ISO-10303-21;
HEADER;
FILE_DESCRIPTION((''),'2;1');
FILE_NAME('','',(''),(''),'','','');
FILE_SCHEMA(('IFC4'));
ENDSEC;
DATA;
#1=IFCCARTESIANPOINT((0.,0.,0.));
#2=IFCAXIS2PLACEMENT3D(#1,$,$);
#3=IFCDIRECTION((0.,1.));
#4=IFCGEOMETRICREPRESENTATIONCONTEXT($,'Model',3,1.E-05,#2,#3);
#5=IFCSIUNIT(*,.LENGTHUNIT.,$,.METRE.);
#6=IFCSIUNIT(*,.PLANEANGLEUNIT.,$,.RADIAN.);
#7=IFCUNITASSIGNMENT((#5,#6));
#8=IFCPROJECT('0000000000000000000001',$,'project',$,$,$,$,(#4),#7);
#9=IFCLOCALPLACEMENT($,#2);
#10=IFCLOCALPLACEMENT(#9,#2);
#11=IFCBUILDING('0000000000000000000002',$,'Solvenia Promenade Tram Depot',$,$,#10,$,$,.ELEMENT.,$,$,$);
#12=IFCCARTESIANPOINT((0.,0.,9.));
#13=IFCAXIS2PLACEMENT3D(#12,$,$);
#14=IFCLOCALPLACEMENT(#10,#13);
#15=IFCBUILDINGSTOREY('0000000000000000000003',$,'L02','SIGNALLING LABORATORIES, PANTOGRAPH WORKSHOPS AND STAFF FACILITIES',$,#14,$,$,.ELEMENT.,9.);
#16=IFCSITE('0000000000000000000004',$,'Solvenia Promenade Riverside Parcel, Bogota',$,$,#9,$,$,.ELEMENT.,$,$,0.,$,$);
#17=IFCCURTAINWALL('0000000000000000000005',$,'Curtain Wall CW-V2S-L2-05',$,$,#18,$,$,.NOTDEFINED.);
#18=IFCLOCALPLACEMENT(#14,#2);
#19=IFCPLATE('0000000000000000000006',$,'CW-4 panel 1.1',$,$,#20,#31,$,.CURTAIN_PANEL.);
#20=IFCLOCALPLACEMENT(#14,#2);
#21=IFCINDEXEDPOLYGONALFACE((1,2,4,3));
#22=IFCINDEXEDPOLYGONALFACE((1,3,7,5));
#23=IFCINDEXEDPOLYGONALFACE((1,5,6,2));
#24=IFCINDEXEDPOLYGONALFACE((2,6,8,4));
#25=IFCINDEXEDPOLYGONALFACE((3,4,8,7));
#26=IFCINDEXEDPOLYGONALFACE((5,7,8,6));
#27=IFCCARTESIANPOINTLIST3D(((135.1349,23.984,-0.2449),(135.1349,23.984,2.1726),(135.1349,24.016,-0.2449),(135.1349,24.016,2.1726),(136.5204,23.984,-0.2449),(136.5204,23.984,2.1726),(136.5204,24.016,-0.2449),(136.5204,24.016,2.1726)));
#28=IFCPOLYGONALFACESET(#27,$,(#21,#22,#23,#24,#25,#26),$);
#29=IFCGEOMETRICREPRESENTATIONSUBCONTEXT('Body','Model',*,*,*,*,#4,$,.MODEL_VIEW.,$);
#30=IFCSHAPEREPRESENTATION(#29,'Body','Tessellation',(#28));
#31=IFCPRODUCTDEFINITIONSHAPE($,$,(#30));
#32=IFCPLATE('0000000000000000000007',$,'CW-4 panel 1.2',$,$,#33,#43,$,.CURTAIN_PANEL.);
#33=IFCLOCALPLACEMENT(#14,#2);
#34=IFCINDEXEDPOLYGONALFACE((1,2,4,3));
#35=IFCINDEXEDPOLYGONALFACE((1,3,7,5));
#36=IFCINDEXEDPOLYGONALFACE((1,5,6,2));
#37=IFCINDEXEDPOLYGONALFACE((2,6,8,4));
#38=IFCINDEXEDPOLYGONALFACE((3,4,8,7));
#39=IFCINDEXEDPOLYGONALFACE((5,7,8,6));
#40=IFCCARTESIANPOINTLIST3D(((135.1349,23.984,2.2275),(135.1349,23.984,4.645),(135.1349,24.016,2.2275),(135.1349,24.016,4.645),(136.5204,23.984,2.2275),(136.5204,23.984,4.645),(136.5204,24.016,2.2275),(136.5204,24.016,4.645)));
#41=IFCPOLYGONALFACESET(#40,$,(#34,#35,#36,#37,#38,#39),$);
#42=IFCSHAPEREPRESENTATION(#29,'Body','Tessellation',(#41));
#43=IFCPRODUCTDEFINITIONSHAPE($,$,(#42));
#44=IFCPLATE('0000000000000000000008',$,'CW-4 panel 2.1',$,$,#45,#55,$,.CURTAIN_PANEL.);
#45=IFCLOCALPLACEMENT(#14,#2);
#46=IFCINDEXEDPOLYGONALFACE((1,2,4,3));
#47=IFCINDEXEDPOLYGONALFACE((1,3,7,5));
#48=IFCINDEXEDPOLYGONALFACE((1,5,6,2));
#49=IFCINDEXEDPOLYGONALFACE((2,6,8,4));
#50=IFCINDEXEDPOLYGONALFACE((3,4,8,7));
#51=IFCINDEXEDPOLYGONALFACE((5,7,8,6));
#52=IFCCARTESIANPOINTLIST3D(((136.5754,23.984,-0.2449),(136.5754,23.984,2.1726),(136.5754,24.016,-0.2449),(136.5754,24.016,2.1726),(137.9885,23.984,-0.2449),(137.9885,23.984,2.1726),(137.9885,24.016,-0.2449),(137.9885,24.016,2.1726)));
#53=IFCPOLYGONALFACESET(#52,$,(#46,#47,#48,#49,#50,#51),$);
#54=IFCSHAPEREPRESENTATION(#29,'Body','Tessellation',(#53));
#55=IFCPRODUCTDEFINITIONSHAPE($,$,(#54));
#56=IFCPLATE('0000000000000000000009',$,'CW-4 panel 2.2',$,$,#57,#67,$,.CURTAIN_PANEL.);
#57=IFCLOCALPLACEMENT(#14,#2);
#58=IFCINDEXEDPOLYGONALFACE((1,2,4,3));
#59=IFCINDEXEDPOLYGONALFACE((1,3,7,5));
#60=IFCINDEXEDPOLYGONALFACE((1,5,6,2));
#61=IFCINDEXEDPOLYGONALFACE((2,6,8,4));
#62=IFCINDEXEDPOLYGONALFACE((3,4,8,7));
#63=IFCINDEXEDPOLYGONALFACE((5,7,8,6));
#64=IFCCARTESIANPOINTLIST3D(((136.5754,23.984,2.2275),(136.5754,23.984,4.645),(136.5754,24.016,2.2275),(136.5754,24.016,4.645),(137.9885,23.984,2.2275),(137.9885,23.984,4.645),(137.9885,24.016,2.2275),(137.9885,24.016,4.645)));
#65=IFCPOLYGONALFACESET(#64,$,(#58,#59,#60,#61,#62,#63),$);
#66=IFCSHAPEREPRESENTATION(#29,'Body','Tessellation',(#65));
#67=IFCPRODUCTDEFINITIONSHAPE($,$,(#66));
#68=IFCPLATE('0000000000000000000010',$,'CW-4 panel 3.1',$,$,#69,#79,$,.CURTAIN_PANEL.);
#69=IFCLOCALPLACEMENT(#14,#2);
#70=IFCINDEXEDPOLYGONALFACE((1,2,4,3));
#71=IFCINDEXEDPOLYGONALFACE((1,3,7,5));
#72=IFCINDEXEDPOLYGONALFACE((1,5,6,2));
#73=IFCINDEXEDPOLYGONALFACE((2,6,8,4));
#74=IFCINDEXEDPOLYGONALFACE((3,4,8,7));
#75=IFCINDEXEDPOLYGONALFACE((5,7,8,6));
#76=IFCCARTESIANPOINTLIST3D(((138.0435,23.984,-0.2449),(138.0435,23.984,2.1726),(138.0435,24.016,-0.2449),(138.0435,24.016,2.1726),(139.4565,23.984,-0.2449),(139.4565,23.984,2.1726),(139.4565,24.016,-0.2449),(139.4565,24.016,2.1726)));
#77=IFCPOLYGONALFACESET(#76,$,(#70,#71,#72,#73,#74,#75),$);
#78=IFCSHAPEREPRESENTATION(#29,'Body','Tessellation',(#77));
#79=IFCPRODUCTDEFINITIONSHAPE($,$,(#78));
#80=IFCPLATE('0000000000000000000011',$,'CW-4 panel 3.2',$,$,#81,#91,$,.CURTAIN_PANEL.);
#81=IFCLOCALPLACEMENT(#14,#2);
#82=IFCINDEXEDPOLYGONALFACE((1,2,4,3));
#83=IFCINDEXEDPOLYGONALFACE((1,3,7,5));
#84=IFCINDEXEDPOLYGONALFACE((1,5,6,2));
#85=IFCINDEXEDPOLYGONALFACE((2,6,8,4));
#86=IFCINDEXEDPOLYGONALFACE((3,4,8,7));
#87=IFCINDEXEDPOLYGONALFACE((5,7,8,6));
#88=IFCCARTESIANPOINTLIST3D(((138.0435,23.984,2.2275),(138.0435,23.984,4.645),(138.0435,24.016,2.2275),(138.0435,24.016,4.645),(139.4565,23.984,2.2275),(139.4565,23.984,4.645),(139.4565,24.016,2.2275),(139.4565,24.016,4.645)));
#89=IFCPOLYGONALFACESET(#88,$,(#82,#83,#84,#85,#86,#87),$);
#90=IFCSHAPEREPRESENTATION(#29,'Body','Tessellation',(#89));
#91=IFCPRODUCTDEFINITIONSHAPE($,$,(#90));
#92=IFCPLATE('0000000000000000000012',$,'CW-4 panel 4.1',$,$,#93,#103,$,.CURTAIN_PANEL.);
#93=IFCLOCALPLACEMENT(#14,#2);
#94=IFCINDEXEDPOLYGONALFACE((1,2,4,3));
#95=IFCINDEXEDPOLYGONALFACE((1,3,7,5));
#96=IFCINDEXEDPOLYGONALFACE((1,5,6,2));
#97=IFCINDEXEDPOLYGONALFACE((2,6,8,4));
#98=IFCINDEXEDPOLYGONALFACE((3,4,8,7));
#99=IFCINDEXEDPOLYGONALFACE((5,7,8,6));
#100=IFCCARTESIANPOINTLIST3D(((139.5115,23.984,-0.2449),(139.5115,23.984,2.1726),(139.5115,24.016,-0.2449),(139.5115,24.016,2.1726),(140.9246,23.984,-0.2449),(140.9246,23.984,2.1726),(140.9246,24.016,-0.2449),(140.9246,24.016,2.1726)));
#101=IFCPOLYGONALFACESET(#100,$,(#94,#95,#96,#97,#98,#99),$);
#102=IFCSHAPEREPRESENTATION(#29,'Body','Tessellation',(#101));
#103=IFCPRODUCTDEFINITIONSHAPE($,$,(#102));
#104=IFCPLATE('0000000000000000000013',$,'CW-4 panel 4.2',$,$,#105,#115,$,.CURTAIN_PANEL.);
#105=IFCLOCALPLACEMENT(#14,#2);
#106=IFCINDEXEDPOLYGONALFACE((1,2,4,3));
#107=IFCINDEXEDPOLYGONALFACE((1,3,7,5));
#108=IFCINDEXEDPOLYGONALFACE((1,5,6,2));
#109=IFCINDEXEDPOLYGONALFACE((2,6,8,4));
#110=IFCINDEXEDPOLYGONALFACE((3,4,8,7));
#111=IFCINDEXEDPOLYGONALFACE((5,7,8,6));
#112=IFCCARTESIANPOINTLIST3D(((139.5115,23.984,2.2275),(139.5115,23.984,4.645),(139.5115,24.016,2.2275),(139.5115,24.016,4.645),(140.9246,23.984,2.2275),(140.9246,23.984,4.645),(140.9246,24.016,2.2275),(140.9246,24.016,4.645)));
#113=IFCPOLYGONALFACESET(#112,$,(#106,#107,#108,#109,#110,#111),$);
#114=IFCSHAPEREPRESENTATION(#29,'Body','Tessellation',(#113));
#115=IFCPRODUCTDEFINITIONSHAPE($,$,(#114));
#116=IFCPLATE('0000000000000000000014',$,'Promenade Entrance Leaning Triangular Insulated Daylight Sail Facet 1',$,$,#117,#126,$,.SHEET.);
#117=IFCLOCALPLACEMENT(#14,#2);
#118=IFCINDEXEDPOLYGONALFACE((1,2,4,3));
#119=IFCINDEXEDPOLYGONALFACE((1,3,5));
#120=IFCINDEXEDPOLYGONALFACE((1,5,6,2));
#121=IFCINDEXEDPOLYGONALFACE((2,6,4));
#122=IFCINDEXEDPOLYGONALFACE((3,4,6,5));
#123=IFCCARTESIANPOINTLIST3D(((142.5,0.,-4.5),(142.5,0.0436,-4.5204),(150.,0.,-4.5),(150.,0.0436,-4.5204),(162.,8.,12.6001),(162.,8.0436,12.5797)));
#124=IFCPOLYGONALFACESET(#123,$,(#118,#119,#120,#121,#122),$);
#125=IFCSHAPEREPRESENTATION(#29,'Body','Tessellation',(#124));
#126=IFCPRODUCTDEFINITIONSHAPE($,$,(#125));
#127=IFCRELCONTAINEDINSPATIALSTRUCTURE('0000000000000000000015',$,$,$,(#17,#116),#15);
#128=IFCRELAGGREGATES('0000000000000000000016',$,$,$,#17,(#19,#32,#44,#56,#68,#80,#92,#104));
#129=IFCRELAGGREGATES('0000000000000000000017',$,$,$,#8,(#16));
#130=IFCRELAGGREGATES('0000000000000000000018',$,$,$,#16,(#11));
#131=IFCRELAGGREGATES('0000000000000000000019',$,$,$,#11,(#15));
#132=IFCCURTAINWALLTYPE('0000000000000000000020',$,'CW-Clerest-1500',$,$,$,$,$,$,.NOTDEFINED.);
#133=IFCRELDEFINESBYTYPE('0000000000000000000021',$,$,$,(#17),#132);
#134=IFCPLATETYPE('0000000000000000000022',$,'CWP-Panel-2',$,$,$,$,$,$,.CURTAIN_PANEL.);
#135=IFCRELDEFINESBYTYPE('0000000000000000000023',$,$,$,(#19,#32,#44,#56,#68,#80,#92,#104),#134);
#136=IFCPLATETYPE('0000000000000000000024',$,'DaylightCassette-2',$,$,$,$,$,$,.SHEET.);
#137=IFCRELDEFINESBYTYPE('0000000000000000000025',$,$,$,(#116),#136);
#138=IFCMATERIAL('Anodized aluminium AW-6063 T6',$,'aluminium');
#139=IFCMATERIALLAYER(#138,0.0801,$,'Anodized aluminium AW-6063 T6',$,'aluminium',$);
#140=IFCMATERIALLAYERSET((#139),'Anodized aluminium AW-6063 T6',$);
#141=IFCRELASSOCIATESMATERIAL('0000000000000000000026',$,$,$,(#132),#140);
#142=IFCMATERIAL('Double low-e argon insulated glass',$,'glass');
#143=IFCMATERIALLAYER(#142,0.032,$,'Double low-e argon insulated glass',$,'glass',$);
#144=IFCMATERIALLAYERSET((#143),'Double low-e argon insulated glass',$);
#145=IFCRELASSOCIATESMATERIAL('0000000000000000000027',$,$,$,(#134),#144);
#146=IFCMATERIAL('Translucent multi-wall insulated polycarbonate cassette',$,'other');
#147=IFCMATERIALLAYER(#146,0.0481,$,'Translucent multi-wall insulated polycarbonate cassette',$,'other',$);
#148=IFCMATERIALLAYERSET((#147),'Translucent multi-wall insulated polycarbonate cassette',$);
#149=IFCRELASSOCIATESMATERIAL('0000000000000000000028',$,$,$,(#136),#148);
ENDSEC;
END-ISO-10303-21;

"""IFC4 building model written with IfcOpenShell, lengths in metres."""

from ifc_helpers import new_model, si_unit, direction, frame, origin, origin_2d, place, context, subcontext, project, spatial, polyline, rectangle, outline, extrude, material, layer, layer_set, type_object, element, aggregate, save


model = new_model("IFC4")

# Units and contexts
model_context = context("Model", 3, precision=1e-05, world=origin(), true_north=direction((0.0, 1.0)))
body_context = subcontext(model_context, "Body", "Model", "MODEL_VIEW")
ifc_project = project(units=[si_unit("LENGTHUNIT", "METRE"), si_unit("PLANEANGLEUNIT", "RADIAN")], contexts=[model_context])

# Site, building, storey
site_placement = place(None, origin())
site = spatial("IfcSite", under=ifc_project, at=site_placement, Name="Solvenia Promenade Riverside Parcel, Bogota", CompositionType="ELEMENT", RefElevation=0.0)
building_placement = place(site_placement, origin())
building = spatial("IfcBuilding", under=site, at=building_placement, Name="Solvenia Promenade Tram Depot", CompositionType="ELEMENT")
storey_placement = place(building_placement, frame((0.0, 0.0, 9.0)))
storey = spatial("IfcBuildingStorey", under=building, at=storey_placement, Name="L02", Description="SIGNALLING LABORATORIES, PANTOGRAPH WORKSHOPS AND STAFF FACILITIES", CompositionType="ELEMENT", Elevation=9.0)

# Curtain wall
ifc_material_1 = material(Name="Anodized aluminium AW-6063 T6", Category="aluminium")
ifc_layer_1 = layer(ifc_material_1, 0.0801, Name="Anodized aluminium AW-6063 T6", Category="aluminium")
ifc_layer_set_1 = layer_set([ifc_layer_1], Name="Anodized aluminium AW-6063 T6")
curtain_wall_type = type_object("IfcCurtainWallType", Name="CW-Clerest-1500", PredefinedType="NOTDEFINED", material=ifc_layer_set_1)
curtain_wall_placement = place(storey_placement, origin())
curtain_wall = element("IfcCurtainWall", 1, at=curtain_wall_placement, inside=storey, type_object=curtain_wall_type, Name="Curtain Wall CW-V2S-L2-05", PredefinedType="NOTDEFINED")

# Plates
ifc_material_2 = material(Name="Double low-e argon insulated glass", Category="glass")
ifc_layer_2 = layer(ifc_material_2, 0.032, Name="Double low-e argon insulated glass", Category="glass")
ifc_layer_set_2 = layer_set([ifc_layer_2], Name="Double low-e argon insulated glass")
plate_type_1 = type_object("IfcPlateType", Name="CWP-Panel-2", PredefinedType="CURTAIN_PANEL", material=ifc_layer_set_2)
plate_1_placement = place(storey_placement, frame((135.8276, 24.0, -0.2449), z_axis=(0.0, 0.0, 1.0), x_axis=(1.0, 0.0, 0.0)))
plate_1 = element("IfcPlate", 2, at=plate_1_placement, type_object=plate_type_1, Name="CW-4 panel 1.1", PredefinedType="CURTAIN_PANEL", context=body_context, shape_type="SweptSolid", body=[
    extrude(rectangle(XDim=1.3855, YDim=0.032, at=origin_2d()), origin(), (0.0, 0.0, 1.0), 2.4175),
])
plate_2_placement = place(storey_placement, frame((135.8276, 24.0, 2.2275), z_axis=(0.0, 0.0, 1.0), x_axis=(1.0, 0.0, 0.0)))
plate_2 = element("IfcPlate", 3, at=plate_2_placement, type_object=plate_type_1, Name="CW-4 panel 1.2", PredefinedType="CURTAIN_PANEL", context=body_context, shape_type="SweptSolid", body=[
    extrude(rectangle(XDim=1.3855, YDim=0.032, at=origin_2d()), origin(), (0.0, 0.0, 1.0), 2.4175),
])
plate_3_placement = place(storey_placement, frame((137.282, 24.0, -0.2449), z_axis=(0.0, 0.0, 1.0), x_axis=(1.0, 0.0, 0.0)))
plate_3 = element("IfcPlate", 4, at=plate_3_placement, type_object=plate_type_1, Name="CW-4 panel 2.1", PredefinedType="CURTAIN_PANEL", context=body_context, shape_type="SweptSolid", body=[
    extrude(rectangle(XDim=1.4131, YDim=0.032, at=origin_2d()), origin(), (0.0, 0.0, 1.0), 2.4175),
])
plate_4_placement = place(storey_placement, frame((137.282, 24.0, 2.2275), z_axis=(0.0, 0.0, 1.0), x_axis=(1.0, 0.0, 0.0)))
plate_4 = element("IfcPlate", 5, at=plate_4_placement, type_object=plate_type_1, Name="CW-4 panel 2.2", PredefinedType="CURTAIN_PANEL", context=body_context, shape_type="SweptSolid", body=[
    extrude(rectangle(XDim=1.4131, YDim=0.032, at=origin_2d()), origin(), (0.0, 0.0, 1.0), 2.4175),
])
plate_5_placement = place(storey_placement, frame((138.75, 24.0, -0.2449), z_axis=(0.0, 0.0, 1.0), x_axis=(1.0, 0.0, 0.0)))
plate_5 = element("IfcPlate", 6, at=plate_5_placement, type_object=plate_type_1, Name="CW-4 panel 3.1", PredefinedType="CURTAIN_PANEL", context=body_context, shape_type="SweptSolid", body=[
    extrude(rectangle(XDim=1.4131, YDim=0.032, at=origin_2d()), origin(), (0.0, 0.0, 1.0), 2.4175),
])
plate_6_placement = place(storey_placement, frame((138.75, 24.0, 2.2275), z_axis=(0.0, 0.0, 1.0), x_axis=(1.0, 0.0, 0.0)))
plate_6 = element("IfcPlate", 7, at=plate_6_placement, type_object=plate_type_1, Name="CW-4 panel 3.2", PredefinedType="CURTAIN_PANEL", context=body_context, shape_type="SweptSolid", body=[
    extrude(rectangle(XDim=1.4131, YDim=0.032, at=origin_2d()), origin(), (0.0, 0.0, 1.0), 2.4175),
])
plate_7_placement = place(storey_placement, frame((140.218, 24.0, -0.2449), z_axis=(0.0, 0.0, 1.0), x_axis=(1.0, 0.0, 0.0)))
plate_7 = element("IfcPlate", 8, at=plate_7_placement, type_object=plate_type_1, Name="CW-4 panel 4.1", PredefinedType="CURTAIN_PANEL", context=body_context, shape_type="SweptSolid", body=[
    extrude(rectangle(XDim=1.4131, YDim=0.032, at=origin_2d()), origin(), (0.0, 0.0, 1.0), 2.4175),
])
plate_8_placement = place(storey_placement, frame((140.218, 24.0, 2.2275), z_axis=(0.0, 0.0, 1.0), x_axis=(1.0, 0.0, 0.0)))
plate_8 = element("IfcPlate", 9, at=plate_8_placement, type_object=plate_type_1, Name="CW-4 panel 4.2", PredefinedType="CURTAIN_PANEL", context=body_context, shape_type="SweptSolid", body=[
    extrude(rectangle(XDim=1.4131, YDim=0.032, at=origin_2d()), origin(), (0.0, 0.0, 1.0), 2.4175),
])
aggregate(curtain_wall, [plate_1, plate_2, plate_3, plate_4, plate_5, plate_6, plate_7, plate_8])
ifc_material_3 = material(Name="Translucent multi-wall insulated polycarbonate cassette", Category="other")
ifc_layer_3 = layer(ifc_material_3, 0.0481, Name="Translucent multi-wall insulated polycarbonate cassette", Category="other")
ifc_layer_set_3 = layer_set([ifc_layer_3], Name="Translucent multi-wall insulated polycarbonate cassette")
plate_type_2 = type_object("IfcPlateType", Name="DaylightCassette-2", PredefinedType="SHEET", material=ifc_layer_set_3)
plate_9_placement = place(storey_placement, frame((142.5, 0.0, -4.5), z_axis=(0.0, -0.905778, 0.423753), x_axis=(1.0, 0.0, 0.0)))
element("IfcPlate", 10, at=plate_9_placement, inside=storey, type_object=plate_type_2, Name="Promenade Entrance Leaning Triangular Insulated Daylight Sail Facet 1", PredefinedType="SHEET", context=body_context, shape_type="SweptSolid", body=[
    extrude(outline(polyline([(0.0, 0.0), (7.5, 0.0), (19.5, 18.8789), (0.0, 0.0)])), origin(), (0.0, 0.0, -1.0), 0.0481),
])

save(model, "model.ifc")
